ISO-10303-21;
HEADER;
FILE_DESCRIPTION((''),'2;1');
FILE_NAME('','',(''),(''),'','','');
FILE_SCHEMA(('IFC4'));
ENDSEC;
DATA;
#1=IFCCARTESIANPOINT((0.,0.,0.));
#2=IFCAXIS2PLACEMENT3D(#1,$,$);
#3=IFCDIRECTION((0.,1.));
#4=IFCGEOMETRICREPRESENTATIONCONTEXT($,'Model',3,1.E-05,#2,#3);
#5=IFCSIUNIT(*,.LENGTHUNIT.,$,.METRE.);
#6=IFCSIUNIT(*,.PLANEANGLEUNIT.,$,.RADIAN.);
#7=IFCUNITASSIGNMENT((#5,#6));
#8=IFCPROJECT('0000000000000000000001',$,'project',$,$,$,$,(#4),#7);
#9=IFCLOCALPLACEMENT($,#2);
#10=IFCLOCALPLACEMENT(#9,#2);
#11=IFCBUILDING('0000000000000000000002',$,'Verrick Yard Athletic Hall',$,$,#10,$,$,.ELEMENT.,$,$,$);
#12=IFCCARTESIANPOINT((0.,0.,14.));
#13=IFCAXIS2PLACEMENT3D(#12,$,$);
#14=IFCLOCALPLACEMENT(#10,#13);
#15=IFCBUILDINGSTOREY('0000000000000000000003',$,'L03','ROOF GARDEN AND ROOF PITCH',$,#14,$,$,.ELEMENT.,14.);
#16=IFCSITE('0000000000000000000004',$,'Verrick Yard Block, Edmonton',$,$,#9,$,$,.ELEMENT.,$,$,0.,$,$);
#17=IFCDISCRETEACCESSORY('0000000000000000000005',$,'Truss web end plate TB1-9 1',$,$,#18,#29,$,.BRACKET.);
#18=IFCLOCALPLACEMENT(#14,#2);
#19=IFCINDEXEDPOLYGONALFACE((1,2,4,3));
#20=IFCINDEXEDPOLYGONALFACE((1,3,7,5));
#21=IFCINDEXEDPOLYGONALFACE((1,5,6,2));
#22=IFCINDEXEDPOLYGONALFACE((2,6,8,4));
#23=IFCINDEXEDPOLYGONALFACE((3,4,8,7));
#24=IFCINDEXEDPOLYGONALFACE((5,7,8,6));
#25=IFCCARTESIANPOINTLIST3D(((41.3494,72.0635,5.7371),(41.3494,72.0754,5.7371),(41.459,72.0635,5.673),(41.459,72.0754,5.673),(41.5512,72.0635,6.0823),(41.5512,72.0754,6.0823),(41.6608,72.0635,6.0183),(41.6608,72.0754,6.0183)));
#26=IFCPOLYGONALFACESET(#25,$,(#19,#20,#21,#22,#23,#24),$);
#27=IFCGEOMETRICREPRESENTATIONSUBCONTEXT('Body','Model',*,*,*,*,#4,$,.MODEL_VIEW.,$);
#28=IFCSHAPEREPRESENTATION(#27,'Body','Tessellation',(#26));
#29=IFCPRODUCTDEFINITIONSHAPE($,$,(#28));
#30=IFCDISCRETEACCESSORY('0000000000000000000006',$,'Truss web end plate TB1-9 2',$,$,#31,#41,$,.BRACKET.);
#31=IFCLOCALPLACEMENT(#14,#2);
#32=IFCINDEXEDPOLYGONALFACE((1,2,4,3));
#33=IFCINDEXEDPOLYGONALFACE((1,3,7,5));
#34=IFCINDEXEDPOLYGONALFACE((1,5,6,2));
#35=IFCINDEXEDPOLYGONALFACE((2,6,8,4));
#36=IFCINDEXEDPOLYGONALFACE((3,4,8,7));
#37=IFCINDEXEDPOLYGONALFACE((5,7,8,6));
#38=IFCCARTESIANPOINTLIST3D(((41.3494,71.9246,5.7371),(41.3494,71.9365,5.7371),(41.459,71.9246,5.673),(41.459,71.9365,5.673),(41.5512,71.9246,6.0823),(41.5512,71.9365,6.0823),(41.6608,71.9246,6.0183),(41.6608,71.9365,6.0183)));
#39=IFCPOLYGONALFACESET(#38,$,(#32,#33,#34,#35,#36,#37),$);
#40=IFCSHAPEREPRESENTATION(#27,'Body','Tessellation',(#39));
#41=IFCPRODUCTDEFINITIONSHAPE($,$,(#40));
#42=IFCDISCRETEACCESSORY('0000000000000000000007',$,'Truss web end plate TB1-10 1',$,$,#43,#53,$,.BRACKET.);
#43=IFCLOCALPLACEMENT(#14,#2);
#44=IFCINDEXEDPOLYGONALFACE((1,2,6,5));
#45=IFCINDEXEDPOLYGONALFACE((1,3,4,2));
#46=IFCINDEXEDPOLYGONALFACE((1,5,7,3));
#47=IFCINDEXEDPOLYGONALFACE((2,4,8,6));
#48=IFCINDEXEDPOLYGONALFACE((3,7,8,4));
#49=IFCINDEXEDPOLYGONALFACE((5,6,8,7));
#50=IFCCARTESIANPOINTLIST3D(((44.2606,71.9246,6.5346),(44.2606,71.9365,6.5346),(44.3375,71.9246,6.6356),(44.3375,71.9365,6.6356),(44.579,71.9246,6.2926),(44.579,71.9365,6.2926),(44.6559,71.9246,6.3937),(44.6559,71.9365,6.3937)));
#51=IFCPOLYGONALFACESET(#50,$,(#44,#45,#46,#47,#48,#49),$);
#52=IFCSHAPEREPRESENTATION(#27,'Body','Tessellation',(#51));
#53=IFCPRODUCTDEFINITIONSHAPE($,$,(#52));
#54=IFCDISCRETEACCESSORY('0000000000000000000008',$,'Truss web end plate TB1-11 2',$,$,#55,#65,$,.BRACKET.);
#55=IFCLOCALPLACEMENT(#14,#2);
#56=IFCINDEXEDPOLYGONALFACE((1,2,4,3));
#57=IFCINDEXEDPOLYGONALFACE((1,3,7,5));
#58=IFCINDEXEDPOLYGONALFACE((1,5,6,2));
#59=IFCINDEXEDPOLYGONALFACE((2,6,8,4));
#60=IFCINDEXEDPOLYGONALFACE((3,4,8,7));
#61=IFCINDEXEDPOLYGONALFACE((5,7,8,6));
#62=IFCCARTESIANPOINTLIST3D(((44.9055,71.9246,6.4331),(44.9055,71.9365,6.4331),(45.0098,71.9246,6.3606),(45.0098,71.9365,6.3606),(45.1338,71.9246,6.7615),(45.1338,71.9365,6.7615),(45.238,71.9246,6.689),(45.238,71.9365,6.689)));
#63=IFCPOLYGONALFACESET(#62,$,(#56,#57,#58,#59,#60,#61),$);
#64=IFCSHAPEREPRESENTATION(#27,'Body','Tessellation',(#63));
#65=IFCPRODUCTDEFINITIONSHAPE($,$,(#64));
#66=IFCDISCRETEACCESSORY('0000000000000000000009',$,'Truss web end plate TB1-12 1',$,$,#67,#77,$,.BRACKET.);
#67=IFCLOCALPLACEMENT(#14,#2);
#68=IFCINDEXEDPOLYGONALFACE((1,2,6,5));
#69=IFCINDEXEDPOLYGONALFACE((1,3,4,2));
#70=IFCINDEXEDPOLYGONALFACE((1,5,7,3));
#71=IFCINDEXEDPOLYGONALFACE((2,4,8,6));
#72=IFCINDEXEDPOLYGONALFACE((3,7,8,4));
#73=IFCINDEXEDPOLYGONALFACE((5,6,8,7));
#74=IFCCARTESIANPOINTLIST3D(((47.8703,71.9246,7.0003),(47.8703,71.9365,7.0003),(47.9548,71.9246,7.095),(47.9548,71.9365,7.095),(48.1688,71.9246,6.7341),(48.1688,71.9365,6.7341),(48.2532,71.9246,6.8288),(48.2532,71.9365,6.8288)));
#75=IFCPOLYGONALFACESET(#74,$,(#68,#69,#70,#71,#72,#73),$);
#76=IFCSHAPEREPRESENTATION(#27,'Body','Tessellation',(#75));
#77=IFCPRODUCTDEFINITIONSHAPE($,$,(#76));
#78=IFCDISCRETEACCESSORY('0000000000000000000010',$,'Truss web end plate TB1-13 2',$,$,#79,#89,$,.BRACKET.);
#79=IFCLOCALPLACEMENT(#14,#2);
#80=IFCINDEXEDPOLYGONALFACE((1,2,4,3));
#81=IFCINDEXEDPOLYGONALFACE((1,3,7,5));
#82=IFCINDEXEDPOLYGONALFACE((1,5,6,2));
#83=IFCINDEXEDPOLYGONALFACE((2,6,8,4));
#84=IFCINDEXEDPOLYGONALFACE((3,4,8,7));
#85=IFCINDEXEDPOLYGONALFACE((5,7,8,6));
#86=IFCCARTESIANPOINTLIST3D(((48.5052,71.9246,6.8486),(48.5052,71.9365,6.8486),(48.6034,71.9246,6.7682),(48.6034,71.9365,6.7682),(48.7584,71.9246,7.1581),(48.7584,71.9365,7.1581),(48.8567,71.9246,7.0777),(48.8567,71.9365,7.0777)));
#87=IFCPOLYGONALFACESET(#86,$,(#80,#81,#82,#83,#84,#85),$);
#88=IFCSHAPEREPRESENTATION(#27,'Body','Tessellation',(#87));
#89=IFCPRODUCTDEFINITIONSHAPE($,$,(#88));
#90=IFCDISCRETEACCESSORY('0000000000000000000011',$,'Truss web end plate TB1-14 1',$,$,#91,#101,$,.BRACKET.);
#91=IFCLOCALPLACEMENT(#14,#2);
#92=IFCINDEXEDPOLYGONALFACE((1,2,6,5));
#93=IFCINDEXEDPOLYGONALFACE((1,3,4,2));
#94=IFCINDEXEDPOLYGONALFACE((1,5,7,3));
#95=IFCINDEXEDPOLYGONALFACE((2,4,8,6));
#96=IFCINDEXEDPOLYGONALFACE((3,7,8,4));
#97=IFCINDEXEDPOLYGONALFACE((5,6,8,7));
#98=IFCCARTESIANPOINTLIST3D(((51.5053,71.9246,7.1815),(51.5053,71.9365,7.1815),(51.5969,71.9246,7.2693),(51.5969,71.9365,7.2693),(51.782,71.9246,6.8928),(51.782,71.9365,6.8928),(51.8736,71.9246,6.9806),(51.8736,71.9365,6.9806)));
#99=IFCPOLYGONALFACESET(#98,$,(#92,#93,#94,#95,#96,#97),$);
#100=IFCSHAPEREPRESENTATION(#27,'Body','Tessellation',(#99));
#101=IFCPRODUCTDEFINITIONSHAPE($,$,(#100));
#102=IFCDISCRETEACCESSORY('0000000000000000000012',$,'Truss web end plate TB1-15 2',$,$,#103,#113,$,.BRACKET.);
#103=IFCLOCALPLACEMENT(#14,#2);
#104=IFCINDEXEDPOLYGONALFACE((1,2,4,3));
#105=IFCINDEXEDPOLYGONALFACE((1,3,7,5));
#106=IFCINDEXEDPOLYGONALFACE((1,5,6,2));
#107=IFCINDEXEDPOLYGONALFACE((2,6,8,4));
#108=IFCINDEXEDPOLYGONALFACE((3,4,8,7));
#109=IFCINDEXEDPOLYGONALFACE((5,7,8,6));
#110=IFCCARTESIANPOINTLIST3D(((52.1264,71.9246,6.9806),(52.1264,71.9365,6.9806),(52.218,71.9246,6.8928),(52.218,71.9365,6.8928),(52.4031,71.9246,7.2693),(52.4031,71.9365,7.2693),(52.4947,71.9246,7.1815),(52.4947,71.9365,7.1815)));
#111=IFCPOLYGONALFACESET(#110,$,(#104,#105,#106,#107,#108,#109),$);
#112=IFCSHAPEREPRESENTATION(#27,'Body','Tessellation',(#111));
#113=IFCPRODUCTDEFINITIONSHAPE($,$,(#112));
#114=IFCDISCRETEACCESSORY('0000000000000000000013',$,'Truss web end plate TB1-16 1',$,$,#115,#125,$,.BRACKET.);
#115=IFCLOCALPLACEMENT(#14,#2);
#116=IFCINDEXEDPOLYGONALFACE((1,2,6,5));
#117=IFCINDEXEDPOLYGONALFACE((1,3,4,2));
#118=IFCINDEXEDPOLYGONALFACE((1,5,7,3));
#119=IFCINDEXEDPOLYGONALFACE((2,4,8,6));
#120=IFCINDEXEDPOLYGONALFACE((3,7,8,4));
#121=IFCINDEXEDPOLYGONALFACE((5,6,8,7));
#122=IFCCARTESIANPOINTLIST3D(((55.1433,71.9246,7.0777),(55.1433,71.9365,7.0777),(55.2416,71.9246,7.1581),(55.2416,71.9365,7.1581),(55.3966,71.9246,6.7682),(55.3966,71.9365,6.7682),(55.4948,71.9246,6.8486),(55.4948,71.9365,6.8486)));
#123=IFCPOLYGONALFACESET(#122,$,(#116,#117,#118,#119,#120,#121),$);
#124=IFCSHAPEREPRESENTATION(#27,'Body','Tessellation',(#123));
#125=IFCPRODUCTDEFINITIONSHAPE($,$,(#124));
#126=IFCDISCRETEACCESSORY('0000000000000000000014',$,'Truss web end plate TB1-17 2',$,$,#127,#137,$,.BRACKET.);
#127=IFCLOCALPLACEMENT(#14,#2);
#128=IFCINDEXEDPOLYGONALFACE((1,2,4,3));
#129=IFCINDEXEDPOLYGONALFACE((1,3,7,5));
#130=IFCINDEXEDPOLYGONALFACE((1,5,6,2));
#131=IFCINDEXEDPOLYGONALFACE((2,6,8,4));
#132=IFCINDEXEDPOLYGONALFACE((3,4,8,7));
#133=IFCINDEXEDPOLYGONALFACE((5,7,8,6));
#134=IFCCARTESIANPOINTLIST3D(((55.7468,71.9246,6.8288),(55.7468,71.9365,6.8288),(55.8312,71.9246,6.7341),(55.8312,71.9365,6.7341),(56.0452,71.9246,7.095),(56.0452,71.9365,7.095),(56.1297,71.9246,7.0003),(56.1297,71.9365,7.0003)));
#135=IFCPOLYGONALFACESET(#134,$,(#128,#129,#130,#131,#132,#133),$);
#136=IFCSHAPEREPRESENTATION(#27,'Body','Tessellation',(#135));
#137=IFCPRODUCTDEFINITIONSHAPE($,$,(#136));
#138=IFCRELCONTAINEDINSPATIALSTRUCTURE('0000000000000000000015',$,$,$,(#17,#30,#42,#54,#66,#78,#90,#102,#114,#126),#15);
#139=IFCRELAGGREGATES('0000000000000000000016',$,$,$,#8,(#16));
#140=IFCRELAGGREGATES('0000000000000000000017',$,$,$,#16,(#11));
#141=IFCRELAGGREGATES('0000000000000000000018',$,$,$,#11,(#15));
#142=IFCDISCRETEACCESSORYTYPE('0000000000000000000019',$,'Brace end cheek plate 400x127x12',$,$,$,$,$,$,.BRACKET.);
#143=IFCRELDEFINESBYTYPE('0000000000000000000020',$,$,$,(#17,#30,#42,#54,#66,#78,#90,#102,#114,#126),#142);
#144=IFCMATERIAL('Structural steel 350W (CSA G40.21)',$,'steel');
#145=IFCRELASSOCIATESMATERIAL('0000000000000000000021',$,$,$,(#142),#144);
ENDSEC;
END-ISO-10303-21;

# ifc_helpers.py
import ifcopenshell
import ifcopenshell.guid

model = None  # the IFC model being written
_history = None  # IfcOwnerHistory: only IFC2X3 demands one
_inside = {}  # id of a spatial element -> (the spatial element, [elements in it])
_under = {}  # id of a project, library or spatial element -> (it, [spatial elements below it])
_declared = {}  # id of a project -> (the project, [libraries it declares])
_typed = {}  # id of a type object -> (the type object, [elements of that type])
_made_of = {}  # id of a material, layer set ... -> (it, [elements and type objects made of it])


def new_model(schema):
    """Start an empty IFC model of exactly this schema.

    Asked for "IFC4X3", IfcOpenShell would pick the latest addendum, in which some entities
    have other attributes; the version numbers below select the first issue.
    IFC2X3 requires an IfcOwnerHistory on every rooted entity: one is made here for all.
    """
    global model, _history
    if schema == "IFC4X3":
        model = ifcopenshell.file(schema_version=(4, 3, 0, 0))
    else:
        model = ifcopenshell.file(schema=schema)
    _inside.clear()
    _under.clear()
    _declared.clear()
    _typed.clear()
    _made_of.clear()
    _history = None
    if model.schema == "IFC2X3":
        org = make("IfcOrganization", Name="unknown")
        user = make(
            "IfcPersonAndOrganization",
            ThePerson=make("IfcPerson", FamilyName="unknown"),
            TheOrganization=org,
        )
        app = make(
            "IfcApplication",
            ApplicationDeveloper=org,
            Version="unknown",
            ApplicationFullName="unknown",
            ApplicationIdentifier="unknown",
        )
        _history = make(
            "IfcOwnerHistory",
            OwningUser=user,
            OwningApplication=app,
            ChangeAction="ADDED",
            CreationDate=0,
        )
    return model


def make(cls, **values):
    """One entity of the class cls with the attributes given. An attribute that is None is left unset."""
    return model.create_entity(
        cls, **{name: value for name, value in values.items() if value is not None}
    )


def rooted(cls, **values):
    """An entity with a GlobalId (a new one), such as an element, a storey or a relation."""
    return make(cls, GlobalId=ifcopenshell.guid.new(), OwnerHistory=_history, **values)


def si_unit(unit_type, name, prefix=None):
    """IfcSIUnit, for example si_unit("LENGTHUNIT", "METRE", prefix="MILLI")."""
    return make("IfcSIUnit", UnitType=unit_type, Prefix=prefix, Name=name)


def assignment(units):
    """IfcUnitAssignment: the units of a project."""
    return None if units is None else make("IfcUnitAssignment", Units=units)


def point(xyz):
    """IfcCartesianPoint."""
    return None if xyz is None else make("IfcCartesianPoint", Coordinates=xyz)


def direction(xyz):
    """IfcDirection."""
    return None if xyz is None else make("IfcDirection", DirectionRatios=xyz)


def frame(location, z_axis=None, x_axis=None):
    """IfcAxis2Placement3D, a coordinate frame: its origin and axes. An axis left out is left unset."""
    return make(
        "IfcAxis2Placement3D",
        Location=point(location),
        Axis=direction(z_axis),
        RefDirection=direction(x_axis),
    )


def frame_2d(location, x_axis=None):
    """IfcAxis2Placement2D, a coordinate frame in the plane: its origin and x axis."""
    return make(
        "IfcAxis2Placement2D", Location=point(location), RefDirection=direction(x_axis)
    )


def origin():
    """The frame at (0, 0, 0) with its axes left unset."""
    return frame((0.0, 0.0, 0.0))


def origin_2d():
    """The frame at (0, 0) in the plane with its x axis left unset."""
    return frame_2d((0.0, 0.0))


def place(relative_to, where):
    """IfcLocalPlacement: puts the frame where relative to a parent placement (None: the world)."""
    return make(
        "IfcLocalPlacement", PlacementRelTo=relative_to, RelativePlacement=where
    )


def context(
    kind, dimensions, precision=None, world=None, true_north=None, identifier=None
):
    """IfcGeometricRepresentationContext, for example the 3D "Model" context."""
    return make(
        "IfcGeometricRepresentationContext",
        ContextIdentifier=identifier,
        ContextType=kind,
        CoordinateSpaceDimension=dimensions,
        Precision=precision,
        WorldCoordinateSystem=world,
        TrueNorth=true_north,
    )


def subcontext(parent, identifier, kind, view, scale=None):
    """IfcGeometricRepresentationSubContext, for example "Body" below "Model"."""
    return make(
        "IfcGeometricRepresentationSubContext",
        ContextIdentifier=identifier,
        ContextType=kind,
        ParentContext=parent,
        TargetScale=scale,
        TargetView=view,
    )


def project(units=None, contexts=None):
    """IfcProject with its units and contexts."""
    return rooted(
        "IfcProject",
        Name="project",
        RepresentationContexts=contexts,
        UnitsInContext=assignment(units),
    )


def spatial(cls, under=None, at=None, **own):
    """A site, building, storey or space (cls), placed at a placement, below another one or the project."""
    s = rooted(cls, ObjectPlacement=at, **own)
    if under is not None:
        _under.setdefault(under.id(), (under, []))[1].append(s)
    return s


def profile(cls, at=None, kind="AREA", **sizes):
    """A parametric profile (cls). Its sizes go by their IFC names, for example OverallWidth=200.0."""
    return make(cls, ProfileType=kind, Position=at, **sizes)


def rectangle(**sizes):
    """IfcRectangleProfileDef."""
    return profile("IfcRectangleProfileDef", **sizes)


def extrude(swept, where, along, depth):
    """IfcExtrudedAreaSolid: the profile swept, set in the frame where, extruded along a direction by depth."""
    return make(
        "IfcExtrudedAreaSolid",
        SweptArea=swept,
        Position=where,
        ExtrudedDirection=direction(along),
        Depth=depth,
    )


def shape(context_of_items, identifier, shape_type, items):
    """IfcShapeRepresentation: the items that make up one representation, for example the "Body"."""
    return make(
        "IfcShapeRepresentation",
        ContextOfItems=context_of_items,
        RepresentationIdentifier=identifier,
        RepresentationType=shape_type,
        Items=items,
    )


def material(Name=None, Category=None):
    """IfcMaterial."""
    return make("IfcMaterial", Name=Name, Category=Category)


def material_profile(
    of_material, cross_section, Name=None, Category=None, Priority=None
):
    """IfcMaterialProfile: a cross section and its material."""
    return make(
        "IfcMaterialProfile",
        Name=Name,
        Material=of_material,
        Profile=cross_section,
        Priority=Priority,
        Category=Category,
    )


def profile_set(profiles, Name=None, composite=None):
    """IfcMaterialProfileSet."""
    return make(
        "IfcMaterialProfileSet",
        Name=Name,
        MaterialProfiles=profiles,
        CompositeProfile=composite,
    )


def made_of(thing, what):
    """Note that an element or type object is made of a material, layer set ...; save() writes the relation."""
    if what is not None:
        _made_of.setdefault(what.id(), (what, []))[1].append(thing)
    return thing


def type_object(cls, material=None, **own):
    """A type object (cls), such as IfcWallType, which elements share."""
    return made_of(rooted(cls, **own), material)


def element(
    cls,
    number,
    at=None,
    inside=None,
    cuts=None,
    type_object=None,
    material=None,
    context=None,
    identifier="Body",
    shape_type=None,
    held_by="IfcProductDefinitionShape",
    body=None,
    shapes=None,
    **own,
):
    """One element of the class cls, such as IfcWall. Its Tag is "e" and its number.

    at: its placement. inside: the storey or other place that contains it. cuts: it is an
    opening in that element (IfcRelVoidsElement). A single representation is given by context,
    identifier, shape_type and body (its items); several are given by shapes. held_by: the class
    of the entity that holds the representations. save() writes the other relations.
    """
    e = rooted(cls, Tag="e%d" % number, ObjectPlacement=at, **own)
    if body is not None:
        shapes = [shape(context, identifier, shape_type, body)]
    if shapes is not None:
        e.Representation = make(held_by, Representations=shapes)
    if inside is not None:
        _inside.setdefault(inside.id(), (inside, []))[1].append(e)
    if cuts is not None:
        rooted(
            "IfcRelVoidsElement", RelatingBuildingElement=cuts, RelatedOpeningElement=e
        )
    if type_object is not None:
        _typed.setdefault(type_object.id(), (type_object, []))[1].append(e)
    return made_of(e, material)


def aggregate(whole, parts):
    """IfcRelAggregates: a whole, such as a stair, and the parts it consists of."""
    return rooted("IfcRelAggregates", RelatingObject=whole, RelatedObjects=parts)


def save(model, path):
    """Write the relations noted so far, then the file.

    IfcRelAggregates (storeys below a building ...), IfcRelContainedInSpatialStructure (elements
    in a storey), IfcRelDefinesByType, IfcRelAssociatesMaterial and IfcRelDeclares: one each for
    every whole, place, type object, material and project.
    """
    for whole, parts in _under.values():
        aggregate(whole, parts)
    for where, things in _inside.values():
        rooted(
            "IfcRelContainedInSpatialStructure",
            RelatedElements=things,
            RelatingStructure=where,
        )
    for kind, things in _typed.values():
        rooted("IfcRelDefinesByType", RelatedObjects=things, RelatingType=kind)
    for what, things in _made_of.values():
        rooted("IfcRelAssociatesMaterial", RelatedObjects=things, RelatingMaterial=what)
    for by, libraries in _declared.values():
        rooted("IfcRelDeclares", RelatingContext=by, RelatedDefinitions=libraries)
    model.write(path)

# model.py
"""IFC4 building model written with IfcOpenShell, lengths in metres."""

from ifc_helpers import new_model, si_unit, direction, frame, origin, origin_2d, place, context, subcontext, project, spatial, rectangle, extrude, material, material_profile, profile_set, type_object, element, save


model = new_model("IFC4")

# Units and contexts
model_context = context("Model", 3, precision=1e-05, world=origin(), true_north=direction((0.0, 1.0)))
body_context = subcontext(model_context, "Body", "Model", "MODEL_VIEW")
ifc_project = project(units=[si_unit("LENGTHUNIT", "METRE"), si_unit("PLANEANGLEUNIT", "RADIAN")], contexts=[model_context])

# Site, building, storey
site_placement = place(None, origin())
site = spatial("IfcSite", under=ifc_project, at=site_placement, Name="Verrick Yard Block, Edmonton", CompositionType="ELEMENT", RefElevation=0.0)
building_placement = place(site_placement, origin())
building = spatial("IfcBuilding", under=site, at=building_placement, Name="Verrick Yard Athletic Hall", CompositionType="ELEMENT")
storey_placement = place(building_placement, frame((0.0, 0.0, 14.0)))
storey = spatial("IfcBuildingStorey", under=building, at=storey_placement, Name="L03", Description="ROOF GARDEN AND ROOF PITCH", CompositionType="ELEMENT", Elevation=14.0)

# Shared definitions
ifc_material_1 = material(Name="Structural steel 350W (CSA G40.21)", Category="steel")

# Discrete accessories
ifc_material_profile_1 = material_profile(ifc_material_1, rectangle(XDim=0.3999, YDim=0.127, at=origin_2d()), Name="Brace end cheek plate")
ifc_profile_set_1 = profile_set([ifc_material_profile_1], Name="Structural steel 350W (CSA G40.21)")
discrete_accessory_type = type_object("IfcDiscreteAccessoryType", Name="Brace end cheek plate 400x127x12", PredefinedType="BRACKET", material=ifc_profile_set_1)
for number, where, z_axis, x_axis, name in (
    (1, (41.5051, 72.0635, 5.8777), (0.0, 1.0, 0.0), (0.504597, 0.0, 0.863355), "Truss web end plate TB1-9 1"),
    (2, (41.5051, 71.9365, 5.8777), (0.0, -1.0, 0.0), (0.504597, 0.0, 0.863355), "Truss web end plate TB1-9 2"),
    (3, (44.4583, 71.9365, 6.4641), (0.0, -1.0, 0.0), (-0.796193, 0.0, 0.605042), "Truss web end plate TB1-10 1"),
    (4, (45.0718, 71.9365, 6.561), (0.0, -1.0, 0.0), (0.570674, 0.0, 0.821176), "Truss web end plate TB1-11 2"),
    (5, (48.0618, 71.9365, 6.9146), (0.0, -1.0, 0.0), (-0.746352, 0.0, 0.665551), "Truss web end plate TB1-12 1"),
    (6, (48.6809, 71.9365, 6.9631), (0.0, -1.0, 0.0), (0.633246, 0.0, 0.773951), "Truss web end plate TB1-13 2"),
    (7, (51.6895, 71.9365, 7.0811), (0.0, -1.0, 0.0), (-0.691925, 0.0, 0.721969), "Truss web end plate TB1-14 1"),
    (8, (52.3105, 71.9365, 7.0811), (0.0, -1.0, 0.0), (0.691925, 0.0, 0.721969), "Truss web end plate TB1-15 2"),
    (9, (55.3191, 71.9365, 6.9631), (0.0, -1.0, 0.0), (-0.633246, 0.0, 0.773951), "Truss web end plate TB1-16 1"),
    (10, (55.9382, 71.9365, 6.9146), (0.0, -1.0, 0.0), (0.746352, 0.0, 0.665551), "Truss web end plate TB1-17 2"),
):
    element("IfcDiscreteAccessory", number, at=place(storey_placement, frame(where, z_axis=z_axis, x_axis=x_axis)), inside=storey, type_object=discrete_accessory_type, Name=name, PredefinedType="BRACKET", context=body_context, shape_type="SweptSolid", body=[
        extrude(rectangle(XDim=0.3999, YDim=0.127, at=origin_2d()), origin(), (0.0, 0.0, 1.0), 0.012),
    ])

save(model, "model.ifc")
